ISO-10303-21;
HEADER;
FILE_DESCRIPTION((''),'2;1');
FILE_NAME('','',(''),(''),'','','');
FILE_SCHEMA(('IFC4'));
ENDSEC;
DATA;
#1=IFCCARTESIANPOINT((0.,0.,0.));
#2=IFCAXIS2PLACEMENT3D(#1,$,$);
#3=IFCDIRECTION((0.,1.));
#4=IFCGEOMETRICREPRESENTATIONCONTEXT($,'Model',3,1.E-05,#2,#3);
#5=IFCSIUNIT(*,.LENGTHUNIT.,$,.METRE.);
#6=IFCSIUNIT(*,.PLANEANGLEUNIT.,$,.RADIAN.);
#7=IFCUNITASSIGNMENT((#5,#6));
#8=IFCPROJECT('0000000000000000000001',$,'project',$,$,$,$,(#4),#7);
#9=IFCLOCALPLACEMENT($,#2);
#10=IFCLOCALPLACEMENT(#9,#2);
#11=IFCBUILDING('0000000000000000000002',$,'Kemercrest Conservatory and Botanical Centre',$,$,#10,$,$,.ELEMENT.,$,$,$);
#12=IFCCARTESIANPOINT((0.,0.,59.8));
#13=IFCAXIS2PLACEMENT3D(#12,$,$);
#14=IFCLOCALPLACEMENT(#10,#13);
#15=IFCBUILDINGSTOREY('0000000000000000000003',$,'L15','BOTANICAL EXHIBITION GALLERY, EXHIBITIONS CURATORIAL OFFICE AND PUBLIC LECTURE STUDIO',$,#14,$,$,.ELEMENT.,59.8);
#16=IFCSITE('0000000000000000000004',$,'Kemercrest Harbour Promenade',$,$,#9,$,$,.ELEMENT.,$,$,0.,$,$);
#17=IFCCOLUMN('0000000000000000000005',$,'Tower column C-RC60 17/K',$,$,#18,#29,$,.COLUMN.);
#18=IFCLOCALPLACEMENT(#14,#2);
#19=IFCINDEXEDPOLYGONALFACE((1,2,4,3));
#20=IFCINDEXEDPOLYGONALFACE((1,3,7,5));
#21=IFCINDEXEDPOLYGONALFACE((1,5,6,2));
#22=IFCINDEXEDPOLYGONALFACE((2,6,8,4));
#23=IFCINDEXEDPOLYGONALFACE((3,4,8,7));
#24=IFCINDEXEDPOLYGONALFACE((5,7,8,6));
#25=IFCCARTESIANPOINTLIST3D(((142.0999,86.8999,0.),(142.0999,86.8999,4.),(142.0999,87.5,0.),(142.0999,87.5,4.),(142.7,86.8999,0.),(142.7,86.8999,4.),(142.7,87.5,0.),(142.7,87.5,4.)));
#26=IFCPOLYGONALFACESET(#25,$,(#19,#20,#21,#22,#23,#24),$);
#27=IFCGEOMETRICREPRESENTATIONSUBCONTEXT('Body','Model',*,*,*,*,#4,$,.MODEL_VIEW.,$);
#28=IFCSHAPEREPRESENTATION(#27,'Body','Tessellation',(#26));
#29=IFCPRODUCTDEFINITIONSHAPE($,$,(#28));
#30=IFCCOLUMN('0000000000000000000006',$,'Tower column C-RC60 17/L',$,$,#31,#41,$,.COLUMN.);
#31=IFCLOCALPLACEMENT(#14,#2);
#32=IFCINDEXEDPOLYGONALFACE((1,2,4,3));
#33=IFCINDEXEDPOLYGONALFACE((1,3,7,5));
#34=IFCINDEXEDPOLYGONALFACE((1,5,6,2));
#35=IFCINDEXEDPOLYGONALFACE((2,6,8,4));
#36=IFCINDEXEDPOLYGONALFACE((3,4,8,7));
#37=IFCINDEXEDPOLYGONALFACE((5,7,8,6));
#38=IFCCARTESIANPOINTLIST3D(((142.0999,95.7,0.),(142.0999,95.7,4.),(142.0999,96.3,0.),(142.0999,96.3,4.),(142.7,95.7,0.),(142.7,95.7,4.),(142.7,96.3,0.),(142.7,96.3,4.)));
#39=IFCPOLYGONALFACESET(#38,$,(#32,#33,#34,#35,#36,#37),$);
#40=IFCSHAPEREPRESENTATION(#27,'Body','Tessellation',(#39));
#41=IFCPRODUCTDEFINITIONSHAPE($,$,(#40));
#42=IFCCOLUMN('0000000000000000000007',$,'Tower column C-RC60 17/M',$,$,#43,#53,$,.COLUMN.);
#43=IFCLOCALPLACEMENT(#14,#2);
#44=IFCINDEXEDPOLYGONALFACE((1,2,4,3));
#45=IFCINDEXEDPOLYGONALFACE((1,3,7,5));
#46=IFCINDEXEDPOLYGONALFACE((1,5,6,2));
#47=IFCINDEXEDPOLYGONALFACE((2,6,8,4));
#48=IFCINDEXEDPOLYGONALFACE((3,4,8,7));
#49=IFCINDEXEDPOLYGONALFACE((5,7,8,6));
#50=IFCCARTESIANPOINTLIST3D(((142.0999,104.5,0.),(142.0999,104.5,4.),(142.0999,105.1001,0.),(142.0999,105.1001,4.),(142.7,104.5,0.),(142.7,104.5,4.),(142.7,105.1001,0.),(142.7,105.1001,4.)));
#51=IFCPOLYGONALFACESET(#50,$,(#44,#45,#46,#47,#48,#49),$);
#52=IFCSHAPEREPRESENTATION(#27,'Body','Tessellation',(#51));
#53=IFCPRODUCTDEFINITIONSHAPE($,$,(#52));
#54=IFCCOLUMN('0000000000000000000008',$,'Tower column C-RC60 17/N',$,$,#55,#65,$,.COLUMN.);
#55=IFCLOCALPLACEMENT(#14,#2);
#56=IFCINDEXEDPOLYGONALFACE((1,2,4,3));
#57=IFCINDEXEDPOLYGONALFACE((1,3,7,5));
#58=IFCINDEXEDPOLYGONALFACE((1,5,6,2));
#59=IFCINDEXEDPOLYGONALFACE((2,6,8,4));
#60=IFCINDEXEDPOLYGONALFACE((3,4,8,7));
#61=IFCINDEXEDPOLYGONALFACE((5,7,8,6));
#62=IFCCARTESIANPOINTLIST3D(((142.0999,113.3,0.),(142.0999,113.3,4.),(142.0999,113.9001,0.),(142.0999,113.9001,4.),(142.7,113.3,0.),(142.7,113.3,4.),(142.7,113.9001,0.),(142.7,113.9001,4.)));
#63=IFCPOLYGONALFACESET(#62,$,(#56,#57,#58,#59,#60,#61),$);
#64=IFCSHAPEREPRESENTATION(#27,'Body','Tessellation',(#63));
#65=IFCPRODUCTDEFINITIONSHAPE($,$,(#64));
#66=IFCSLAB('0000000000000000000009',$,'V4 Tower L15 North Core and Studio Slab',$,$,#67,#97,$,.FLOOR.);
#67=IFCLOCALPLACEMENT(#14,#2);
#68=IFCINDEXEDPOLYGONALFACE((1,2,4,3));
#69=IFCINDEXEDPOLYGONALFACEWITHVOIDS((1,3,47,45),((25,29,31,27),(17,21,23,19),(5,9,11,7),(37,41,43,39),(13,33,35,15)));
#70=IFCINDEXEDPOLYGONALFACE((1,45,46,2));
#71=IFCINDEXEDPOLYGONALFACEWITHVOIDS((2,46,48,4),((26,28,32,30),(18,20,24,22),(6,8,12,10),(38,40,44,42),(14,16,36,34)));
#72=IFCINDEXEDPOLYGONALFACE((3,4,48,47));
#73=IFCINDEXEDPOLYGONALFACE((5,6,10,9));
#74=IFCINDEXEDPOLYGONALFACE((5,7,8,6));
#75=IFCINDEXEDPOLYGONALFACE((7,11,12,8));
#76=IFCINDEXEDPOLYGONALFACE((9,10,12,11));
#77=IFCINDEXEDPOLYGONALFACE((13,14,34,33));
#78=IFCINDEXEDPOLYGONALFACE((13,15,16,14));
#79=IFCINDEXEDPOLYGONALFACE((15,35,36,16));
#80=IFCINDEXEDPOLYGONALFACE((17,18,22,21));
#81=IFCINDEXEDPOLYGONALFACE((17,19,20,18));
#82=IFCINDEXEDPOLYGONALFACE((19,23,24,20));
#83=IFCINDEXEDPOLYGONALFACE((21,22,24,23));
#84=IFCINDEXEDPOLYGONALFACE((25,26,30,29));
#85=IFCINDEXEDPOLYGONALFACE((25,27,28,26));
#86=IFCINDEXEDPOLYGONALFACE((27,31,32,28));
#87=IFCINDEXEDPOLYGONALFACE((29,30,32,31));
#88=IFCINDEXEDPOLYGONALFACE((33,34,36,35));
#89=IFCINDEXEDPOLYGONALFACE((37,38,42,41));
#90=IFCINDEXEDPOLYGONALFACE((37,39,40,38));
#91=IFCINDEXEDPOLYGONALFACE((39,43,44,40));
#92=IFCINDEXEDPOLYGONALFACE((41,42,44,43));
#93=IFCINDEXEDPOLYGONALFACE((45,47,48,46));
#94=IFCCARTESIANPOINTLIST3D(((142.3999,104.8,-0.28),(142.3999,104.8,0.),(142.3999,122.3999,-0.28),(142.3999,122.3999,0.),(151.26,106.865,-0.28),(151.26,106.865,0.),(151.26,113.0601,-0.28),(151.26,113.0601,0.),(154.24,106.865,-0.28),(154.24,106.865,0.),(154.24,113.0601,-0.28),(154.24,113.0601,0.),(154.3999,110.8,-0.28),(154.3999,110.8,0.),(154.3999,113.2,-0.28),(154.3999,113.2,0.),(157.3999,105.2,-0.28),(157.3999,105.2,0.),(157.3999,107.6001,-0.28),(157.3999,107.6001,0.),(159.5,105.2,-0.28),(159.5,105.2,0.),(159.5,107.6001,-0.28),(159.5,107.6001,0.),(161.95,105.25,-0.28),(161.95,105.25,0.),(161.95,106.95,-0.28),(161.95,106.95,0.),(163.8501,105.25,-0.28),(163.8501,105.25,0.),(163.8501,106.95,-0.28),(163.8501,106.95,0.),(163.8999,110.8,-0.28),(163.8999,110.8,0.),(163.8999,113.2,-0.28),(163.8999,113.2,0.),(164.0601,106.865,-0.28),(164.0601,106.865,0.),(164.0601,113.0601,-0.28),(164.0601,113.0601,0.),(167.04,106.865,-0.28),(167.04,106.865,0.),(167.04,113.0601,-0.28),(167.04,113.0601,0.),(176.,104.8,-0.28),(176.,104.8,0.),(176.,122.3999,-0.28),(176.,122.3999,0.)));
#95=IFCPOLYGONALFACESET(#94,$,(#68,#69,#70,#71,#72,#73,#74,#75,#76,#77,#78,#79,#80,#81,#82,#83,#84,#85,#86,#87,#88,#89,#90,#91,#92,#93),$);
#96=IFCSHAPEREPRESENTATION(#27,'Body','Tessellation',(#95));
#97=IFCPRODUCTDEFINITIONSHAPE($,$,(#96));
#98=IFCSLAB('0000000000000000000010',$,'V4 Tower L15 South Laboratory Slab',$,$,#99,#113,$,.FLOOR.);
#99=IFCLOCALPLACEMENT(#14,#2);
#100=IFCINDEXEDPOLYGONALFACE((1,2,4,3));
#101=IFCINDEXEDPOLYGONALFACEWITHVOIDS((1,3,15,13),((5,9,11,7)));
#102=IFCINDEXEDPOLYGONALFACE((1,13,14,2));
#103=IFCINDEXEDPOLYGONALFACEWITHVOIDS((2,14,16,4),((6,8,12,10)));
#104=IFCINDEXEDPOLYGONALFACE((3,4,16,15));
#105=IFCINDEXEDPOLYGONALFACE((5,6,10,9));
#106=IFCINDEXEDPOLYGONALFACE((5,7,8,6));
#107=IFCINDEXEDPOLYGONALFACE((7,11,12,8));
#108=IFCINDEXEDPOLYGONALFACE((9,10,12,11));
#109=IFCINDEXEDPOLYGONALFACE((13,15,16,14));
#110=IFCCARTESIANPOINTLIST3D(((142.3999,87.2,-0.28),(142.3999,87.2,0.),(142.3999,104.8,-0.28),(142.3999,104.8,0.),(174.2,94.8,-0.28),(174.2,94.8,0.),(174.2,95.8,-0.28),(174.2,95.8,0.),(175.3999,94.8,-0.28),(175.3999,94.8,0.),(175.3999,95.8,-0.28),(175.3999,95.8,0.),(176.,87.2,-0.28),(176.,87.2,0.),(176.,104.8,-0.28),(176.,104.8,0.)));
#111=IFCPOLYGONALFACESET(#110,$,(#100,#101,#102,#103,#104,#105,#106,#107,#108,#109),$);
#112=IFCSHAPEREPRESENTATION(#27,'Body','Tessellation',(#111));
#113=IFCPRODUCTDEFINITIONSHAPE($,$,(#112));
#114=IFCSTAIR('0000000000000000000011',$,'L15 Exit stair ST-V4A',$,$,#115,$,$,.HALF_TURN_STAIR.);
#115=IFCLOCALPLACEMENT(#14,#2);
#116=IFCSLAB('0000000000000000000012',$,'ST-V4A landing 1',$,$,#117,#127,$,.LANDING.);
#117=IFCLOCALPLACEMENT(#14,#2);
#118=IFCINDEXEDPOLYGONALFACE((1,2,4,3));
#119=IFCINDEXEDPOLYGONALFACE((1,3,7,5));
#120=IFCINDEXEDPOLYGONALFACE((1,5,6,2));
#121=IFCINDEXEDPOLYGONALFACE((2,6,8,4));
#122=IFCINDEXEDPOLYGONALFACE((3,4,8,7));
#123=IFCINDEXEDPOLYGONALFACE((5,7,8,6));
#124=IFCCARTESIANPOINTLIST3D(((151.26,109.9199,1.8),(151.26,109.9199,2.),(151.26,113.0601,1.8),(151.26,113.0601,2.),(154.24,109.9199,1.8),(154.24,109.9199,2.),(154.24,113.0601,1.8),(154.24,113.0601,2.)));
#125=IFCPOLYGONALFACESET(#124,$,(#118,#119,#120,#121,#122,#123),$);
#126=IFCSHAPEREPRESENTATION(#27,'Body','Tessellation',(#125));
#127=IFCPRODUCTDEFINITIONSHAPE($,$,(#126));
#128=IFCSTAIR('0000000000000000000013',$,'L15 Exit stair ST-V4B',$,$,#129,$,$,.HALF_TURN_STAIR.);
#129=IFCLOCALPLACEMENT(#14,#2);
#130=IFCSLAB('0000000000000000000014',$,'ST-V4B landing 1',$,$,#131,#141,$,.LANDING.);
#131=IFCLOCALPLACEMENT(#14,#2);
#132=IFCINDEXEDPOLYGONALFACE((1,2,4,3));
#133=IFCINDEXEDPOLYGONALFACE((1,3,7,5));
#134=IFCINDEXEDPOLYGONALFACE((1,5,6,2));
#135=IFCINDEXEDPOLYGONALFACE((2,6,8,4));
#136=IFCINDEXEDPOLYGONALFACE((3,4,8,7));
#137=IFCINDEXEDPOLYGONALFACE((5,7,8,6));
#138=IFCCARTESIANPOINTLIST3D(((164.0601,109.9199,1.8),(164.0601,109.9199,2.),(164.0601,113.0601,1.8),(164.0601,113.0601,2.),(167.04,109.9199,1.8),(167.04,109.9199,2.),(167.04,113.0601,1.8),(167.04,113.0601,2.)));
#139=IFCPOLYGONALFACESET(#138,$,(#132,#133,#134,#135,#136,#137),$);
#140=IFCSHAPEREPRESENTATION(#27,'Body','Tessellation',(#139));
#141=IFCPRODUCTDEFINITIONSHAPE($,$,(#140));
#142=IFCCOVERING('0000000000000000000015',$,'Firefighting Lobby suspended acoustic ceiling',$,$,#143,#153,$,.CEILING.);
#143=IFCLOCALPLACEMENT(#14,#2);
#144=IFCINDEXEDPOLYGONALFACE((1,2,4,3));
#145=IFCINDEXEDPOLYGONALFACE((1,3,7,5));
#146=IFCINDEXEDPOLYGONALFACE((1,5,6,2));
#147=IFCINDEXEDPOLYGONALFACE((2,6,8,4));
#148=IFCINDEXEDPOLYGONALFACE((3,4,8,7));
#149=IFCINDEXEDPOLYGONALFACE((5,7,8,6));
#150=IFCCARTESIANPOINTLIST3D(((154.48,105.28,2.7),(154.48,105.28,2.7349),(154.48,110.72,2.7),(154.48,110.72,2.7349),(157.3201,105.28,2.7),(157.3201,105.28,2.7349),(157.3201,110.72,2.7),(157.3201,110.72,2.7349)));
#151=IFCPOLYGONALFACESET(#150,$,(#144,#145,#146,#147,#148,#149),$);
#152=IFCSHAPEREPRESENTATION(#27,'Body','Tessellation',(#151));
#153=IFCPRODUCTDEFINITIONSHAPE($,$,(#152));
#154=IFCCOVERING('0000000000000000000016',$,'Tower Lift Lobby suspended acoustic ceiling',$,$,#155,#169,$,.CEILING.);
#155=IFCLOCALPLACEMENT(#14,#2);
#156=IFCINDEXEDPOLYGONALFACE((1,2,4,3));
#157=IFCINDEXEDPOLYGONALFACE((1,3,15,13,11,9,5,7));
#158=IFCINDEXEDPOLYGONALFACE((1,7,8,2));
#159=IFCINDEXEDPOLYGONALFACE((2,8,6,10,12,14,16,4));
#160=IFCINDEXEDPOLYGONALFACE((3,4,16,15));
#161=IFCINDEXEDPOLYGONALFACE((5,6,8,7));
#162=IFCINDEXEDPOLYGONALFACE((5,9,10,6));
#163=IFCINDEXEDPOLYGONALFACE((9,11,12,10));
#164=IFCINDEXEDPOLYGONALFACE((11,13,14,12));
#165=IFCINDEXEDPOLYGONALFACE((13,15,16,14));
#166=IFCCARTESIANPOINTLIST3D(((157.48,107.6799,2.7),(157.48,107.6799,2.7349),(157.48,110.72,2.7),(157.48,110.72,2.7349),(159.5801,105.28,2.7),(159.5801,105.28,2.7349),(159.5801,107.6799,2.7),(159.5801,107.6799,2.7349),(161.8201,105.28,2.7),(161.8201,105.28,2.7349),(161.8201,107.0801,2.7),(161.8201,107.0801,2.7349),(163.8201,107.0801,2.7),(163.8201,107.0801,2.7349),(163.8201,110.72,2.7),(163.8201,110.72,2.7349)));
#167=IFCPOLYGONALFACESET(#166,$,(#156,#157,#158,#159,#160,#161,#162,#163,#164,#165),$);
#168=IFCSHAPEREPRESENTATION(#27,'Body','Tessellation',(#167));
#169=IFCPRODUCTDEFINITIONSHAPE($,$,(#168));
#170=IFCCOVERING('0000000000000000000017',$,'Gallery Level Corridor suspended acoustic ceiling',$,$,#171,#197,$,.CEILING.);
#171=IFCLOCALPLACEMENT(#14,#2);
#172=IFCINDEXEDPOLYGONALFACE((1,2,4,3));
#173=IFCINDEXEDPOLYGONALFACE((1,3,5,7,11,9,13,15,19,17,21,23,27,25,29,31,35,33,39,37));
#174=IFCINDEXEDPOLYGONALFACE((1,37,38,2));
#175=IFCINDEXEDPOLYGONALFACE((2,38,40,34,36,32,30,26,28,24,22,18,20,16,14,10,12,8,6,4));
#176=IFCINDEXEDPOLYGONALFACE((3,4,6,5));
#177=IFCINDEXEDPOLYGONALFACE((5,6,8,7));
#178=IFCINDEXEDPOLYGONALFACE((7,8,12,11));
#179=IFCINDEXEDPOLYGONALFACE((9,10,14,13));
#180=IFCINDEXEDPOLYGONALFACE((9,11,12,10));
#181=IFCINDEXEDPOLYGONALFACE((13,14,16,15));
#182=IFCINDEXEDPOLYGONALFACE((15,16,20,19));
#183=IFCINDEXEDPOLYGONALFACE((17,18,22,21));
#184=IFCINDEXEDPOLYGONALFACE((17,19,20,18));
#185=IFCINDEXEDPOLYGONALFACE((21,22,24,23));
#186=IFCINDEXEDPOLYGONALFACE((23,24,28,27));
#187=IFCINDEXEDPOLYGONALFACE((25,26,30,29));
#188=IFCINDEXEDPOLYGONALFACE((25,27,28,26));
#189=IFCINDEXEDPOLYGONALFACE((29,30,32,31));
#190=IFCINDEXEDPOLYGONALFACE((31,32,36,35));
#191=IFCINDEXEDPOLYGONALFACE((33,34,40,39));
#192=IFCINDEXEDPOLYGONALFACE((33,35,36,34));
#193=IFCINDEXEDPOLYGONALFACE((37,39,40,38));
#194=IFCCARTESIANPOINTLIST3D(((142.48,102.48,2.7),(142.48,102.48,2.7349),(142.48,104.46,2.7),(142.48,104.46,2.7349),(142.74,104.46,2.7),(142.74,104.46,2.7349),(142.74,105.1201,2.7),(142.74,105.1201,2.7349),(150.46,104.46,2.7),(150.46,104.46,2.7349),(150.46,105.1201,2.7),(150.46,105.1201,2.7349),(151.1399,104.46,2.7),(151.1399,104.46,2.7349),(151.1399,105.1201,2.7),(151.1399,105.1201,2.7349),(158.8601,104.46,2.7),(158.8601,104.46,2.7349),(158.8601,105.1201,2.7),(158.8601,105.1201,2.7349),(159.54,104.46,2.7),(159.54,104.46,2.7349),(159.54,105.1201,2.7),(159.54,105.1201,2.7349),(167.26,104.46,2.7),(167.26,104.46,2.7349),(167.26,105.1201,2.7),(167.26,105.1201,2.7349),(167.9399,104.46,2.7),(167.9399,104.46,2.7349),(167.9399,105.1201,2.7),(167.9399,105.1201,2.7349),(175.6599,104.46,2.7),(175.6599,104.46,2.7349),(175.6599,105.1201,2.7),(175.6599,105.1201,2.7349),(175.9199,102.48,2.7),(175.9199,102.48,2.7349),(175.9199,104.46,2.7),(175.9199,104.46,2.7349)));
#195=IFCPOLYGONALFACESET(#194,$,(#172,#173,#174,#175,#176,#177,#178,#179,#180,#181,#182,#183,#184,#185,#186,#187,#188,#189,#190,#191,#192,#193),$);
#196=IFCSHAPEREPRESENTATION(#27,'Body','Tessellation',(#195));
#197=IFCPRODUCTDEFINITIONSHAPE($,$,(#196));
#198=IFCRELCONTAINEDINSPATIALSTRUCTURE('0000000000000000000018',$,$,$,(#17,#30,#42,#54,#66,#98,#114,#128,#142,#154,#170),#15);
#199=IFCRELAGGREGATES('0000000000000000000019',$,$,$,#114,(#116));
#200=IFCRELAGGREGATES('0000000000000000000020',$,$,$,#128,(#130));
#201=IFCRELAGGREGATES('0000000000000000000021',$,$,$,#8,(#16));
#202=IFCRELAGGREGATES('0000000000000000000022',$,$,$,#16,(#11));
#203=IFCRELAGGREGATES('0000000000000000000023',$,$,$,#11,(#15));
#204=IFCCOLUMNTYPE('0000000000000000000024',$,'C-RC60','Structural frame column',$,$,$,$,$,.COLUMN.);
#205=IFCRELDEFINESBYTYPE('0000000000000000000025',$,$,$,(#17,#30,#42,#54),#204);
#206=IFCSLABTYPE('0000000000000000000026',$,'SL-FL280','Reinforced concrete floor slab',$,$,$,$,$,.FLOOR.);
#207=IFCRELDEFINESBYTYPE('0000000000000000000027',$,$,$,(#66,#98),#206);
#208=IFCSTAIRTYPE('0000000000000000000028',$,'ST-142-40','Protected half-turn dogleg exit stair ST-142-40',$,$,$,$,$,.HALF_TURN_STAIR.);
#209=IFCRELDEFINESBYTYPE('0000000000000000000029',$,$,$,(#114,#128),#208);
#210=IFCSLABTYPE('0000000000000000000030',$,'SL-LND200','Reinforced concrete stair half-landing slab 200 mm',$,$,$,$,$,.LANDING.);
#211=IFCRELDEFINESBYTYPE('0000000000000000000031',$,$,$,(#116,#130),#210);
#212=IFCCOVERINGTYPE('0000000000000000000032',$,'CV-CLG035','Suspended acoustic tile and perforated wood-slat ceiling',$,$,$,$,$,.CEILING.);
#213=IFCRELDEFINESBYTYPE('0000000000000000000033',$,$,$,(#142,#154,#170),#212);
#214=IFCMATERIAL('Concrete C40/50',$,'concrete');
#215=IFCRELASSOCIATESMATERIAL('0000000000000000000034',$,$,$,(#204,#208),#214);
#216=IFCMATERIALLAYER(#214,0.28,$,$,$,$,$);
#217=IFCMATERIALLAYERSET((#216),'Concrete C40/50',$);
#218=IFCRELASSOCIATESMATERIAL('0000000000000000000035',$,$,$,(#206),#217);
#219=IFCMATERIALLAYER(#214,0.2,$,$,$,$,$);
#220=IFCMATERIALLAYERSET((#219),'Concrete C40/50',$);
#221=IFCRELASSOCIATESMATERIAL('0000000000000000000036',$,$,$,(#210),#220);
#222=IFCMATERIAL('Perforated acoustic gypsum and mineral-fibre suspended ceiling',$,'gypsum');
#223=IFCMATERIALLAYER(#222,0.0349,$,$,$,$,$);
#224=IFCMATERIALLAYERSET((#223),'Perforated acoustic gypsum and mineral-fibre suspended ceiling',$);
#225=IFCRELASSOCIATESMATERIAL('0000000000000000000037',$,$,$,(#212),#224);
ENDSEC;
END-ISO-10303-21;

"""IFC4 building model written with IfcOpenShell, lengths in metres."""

from ifc_helpers import new_model, si_unit, direction, frame, origin, origin_2d, place, context, subcontext, project, spatial, polyline, rectangle, outline, extrude, material, layer, layer_set, material_profile, profile_set, type_object, element, aggregate, save


model = new_model("IFC4")

# Units and contexts
model_context = context("Model", 3, precision=1e-05, world=origin(), true_north=direction((0.0, 1.0)))
body_context = subcontext(model_context, "Body", "Model", "MODEL_VIEW")
ifc_project = project(units=[si_unit("LENGTHUNIT", "METRE"), si_unit("PLANEANGLEUNIT", "RADIAN")], contexts=[model_context])

# Site, building, storey
site_placement = place(None, origin())
site = spatial("IfcSite", under=ifc_project, at=site_placement, Name="Kemercrest Harbour Promenade", CompositionType="ELEMENT", RefElevation=0.0)
building_placement = place(site_placement, origin())
building = spatial("IfcBuilding", under=site, at=building_placement, Name="Kemercrest Conservatory and Botanical Centre", CompositionType="ELEMENT")
storey_placement = place(building_placement, frame((0.0, 0.0, 59.8)))
storey = spatial("IfcBuildingStorey", under=building, at=storey_placement, Name="L15", Description="BOTANICAL EXHIBITION GALLERY, EXHIBITIONS CURATORIAL OFFICE AND PUBLIC LECTURE STUDIO", CompositionType="ELEMENT", Elevation=59.8)

# Columns
ifc_material_1 = material(Name="Concrete C40/50", Category="concrete")
ifc_material_profile = material_profile(ifc_material_1, rectangle(XDim=0.6001, YDim=0.6001, at=origin_2d()), Name="RC 600x600")
ifc_profile_set = profile_set([ifc_material_profile], Name="Concrete C40/50")
column_type = type_object("IfcColumnType", Name="C-RC60", Description="Structural frame column", PredefinedType="COLUMN", material=ifc_profile_set)
for number, where, z_axis, x_axis, name in (
    (1, (142.3999, 87.2, 0.0), (0.0, 0.0, 1.0), (1.0, 0.0, 0.0), "Tower column C-RC60 17/K"),
    (2, (142.3999, 96.0, 0.0), (0.0, 0.0, 1.0), (1.0, 0.0, 0.0), "Tower column C-RC60 17/L"),
    (3, (142.3999, 104.8, 0.0), (0.0, 0.0, 1.0), (1.0, 0.0, 0.0), "Tower column C-RC60 17/M"),
    (4, (142.3999, 113.6001, 0.0), (0.0, 0.0, 1.0), (1.0, 0.0, 0.0), "Tower column C-RC60 17/N"),
):
    element("IfcColumn", number, at=place(storey_placement, frame(where, z_axis=z_axis, x_axis=x_axis)), inside=storey, type_object=column_type, Name=name, PredefinedType="COLUMN", context=body_context, shape_type="SweptSolid", body=[
        extrude(rectangle(XDim=0.6001, YDim=0.6001, at=origin_2d()), origin(), (0.0, 0.0, 1.0), 4.0),
    ])

# Slabs
ifc_layer_1 = layer(ifc_material_1, 0.28)
ifc_layer_set_1 = layer_set([ifc_layer_1], Name="Concrete C40/50")
slab_type_1 = type_object("IfcSlabType", Name="SL-FL280", Description="Reinforced concrete floor slab", PredefinedType="FLOOR", material=ifc_layer_set_1)
slab_1_placement = place(storey_placement, frame((0.0, 0.0, -0.28)))
element("IfcSlab", 5, at=slab_1_placement, inside=storey, type_object=slab_type_1, Name="V4 Tower L15 North Core and Studio Slab", PredefinedType="FLOOR", context=body_context, shape_type="SweptSolid", body=[
    extrude(outline(polyline([(142.3999, 122.3999), (142.3999, 104.8), (176.0, 104.8), (176.0, 122.3999), (142.3999, 122.3999)]), holes=[polyline([(164.0601, 106.865), (164.0601, 113.0601), (167.04, 113.0601), (167.04, 106.865), (164.0601, 106.865)]), polyline([(154.3999, 110.8), (154.3999, 113.2), (163.8999, 113.2), (163.8999, 110.8), (154.3999, 110.8)]), polyline([(161.95, 105.25), (161.95, 106.95), (163.8501, 106.95), (163.8501, 105.25), (161.95, 105.25)]), polyline([(157.3999, 105.2), (157.3999, 107.6001), (159.5, 107.6001), (159.5, 105.2), (157.3999, 105.2)]), polyline([(154.24, 106.865), (151.26, 106.865), (151.26, 113.0601), (154.24, 113.0601), (154.24, 106.865)])]), origin(), (0.0, 0.0, 1.0), 0.28),
])
slab_2_placement = place(storey_placement, frame((0.0, 0.0, -0.28)))
element("IfcSlab", 6, at=slab_2_placement, inside=storey, type_object=slab_type_1, Name="V4 Tower L15 South Laboratory Slab", PredefinedType="FLOOR", context=body_context, shape_type="SweptSolid", body=[
    extrude(outline(polyline([(142.3999, 104.8), (142.3999, 87.2), (176.0, 87.2), (176.0, 104.8), (142.3999, 104.8)]), holes=[polyline([(175.3999, 94.8), (174.2, 94.8), (174.2, 95.8), (175.3999, 95.8), (175.3999, 94.8)])]), origin(), (0.0, 0.0, 1.0), 0.28),
])

# Stairs, slabs
stair_type = type_object("IfcStairType", Name="ST-142-40", Description="Protected half-turn dogleg exit stair ST-142-40", PredefinedType="HALF_TURN_STAIR", material=ifc_material_1)
stair_1_placement = place(storey_placement, origin())
stair_1 = element("IfcStair", 7, at=stair_1_placement, inside=storey, type_object=stair_type, Name="L15 Exit stair ST-V4A", PredefinedType="HALF_TURN_STAIR")
ifc_layer_2 = layer(ifc_material_1, 0.2)
ifc_layer_set_2 = layer_set([ifc_layer_2], Name="Concrete C40/50")
slab_type_2 = type_object("IfcSlabType", Name="SL-LND200", Description="Reinforced concrete stair half-landing slab 200 mm", PredefinedType="LANDING", material=ifc_layer_set_2)
slab_3_placement = place(storey_placement, frame((0.0, 0.0, 1.8)))
slab_3 = element("IfcSlab", 8, at=slab_3_placement, type_object=slab_type_2, Name="ST-V4A landing 1", PredefinedType="LANDING", context=body_context, shape_type="SweptSolid", body=[
    extrude(outline(polyline([(154.24, 109.9199), (154.24, 113.0601), (151.26, 113.0601), (151.26, 109.9199), (154.24, 109.9199)])), origin(), (0.0, 0.0, 1.0), 0.2),
])
aggregate(stair_1, [slab_3])
stair_2_placement = place(storey_placement, origin())
stair_2 = element("IfcStair", 9, at=stair_2_placement, inside=storey, type_object=stair_type, Name="L15 Exit stair ST-V4B", PredefinedType="HALF_TURN_STAIR")
slab_4_placement = place(storey_placement, frame((0.0, 0.0, 1.8)))
slab_4 = element("IfcSlab", 10, at=slab_4_placement, type_object=slab_type_2, Name="ST-V4B landing 1", PredefinedType="LANDING", context=body_context, shape_type="SweptSolid", body=[
    extrude(outline(polyline([(167.04, 109.9199), (167.04, 113.0601), (164.0601, 113.0601), (164.0601, 109.9199), (167.04, 109.9199)])), origin(), (0.0, 0.0, 1.0), 0.2),
])
aggregate(stair_2, [slab_4])

# Coverings
ifc_material_2 = material(Name="Perforated acoustic gypsum and mineral-fibre suspended ceiling", Category="gypsum")
ifc_layer_3 = layer(ifc_material_2, 0.0349)
ifc_layer_set_3 = layer_set([ifc_layer_3], Name="Perforated acoustic gypsum and mineral-fibre suspended ceiling")
covering_type_1 = type_object("IfcCoveringType", Name="CV-CLG035", Description="Suspended acoustic tile and perforated wood-slat ceiling", PredefinedType="CEILING", material=ifc_layer_set_3)
covering_1_placement = place(storey_placement, frame((0.0, 0.0, 2.7)))
element("IfcCovering", 11, at=covering_1_placement, inside=storey, type_object=covering_type_1, Name="Firefighting Lobby suspended acoustic ceiling", PredefinedType="CEILING", context=body_context, shape_type="SweptSolid", body=[
    extrude(outline(polyline([(154.48, 105.28), (157.3201, 105.28), (157.3201, 110.72), (154.48, 110.72), (154.48, 105.28)])), origin(), (0.0, 0.0, 1.0), 0.0349),
])
covering_2_placement = place(storey_placement, frame((0.0, 0.0, 2.7)))
element("IfcCovering", 12, at=covering_2_placement, inside=storey, type_object=covering_type_1, Name="Tower Lift Lobby suspended acoustic ceiling", PredefinedType="CEILING", context=body_context, shape_type="SweptSolid", body=[
    extrude(outline(polyline([(159.5801, 107.6799), (159.5801, 105.28), (161.8201, 105.28), (161.8201, 107.0801), (163.8201, 107.0801), (163.8201, 110.72), (157.48, 110.72), (157.48, 107.6799), (159.5801, 107.6799)])), origin(), (0.0, 0.0, 1.0), 0.0349),
])
covering_3_placement = place(storey_placement, frame((0.0, 0.0, 2.7)))
element("IfcCovering", 13, at=covering_3_placement, inside=storey, type_object=covering_type_1, Name="Gallery Level Corridor suspended acoustic ceiling", PredefinedType="CEILING", context=body_context, shape_type="SweptSolid", body=[
    extrude(outline(polyline([(142.48, 102.48), (175.9199, 102.48), (175.9199, 104.46), (175.6599, 104.46), (175.6599, 105.1201), (167.9399, 105.1201), (167.9399, 104.46), (167.26, 104.46), (167.26, 105.1201), (159.54, 105.1201), (159.54, 104.46), (158.8601, 104.46), (158.8601, 105.1201), (151.1399, 105.1201), (151.1399, 104.46), (150.46, 104.46), (150.46, 105.1201), (142.74, 105.1201), (142.74, 104.46), (142.48, 104.46), (142.48, 102.48)])), origin(), (0.0, 0.0, 1.0), 0.0349),
])

save(model, "model.ifc")
